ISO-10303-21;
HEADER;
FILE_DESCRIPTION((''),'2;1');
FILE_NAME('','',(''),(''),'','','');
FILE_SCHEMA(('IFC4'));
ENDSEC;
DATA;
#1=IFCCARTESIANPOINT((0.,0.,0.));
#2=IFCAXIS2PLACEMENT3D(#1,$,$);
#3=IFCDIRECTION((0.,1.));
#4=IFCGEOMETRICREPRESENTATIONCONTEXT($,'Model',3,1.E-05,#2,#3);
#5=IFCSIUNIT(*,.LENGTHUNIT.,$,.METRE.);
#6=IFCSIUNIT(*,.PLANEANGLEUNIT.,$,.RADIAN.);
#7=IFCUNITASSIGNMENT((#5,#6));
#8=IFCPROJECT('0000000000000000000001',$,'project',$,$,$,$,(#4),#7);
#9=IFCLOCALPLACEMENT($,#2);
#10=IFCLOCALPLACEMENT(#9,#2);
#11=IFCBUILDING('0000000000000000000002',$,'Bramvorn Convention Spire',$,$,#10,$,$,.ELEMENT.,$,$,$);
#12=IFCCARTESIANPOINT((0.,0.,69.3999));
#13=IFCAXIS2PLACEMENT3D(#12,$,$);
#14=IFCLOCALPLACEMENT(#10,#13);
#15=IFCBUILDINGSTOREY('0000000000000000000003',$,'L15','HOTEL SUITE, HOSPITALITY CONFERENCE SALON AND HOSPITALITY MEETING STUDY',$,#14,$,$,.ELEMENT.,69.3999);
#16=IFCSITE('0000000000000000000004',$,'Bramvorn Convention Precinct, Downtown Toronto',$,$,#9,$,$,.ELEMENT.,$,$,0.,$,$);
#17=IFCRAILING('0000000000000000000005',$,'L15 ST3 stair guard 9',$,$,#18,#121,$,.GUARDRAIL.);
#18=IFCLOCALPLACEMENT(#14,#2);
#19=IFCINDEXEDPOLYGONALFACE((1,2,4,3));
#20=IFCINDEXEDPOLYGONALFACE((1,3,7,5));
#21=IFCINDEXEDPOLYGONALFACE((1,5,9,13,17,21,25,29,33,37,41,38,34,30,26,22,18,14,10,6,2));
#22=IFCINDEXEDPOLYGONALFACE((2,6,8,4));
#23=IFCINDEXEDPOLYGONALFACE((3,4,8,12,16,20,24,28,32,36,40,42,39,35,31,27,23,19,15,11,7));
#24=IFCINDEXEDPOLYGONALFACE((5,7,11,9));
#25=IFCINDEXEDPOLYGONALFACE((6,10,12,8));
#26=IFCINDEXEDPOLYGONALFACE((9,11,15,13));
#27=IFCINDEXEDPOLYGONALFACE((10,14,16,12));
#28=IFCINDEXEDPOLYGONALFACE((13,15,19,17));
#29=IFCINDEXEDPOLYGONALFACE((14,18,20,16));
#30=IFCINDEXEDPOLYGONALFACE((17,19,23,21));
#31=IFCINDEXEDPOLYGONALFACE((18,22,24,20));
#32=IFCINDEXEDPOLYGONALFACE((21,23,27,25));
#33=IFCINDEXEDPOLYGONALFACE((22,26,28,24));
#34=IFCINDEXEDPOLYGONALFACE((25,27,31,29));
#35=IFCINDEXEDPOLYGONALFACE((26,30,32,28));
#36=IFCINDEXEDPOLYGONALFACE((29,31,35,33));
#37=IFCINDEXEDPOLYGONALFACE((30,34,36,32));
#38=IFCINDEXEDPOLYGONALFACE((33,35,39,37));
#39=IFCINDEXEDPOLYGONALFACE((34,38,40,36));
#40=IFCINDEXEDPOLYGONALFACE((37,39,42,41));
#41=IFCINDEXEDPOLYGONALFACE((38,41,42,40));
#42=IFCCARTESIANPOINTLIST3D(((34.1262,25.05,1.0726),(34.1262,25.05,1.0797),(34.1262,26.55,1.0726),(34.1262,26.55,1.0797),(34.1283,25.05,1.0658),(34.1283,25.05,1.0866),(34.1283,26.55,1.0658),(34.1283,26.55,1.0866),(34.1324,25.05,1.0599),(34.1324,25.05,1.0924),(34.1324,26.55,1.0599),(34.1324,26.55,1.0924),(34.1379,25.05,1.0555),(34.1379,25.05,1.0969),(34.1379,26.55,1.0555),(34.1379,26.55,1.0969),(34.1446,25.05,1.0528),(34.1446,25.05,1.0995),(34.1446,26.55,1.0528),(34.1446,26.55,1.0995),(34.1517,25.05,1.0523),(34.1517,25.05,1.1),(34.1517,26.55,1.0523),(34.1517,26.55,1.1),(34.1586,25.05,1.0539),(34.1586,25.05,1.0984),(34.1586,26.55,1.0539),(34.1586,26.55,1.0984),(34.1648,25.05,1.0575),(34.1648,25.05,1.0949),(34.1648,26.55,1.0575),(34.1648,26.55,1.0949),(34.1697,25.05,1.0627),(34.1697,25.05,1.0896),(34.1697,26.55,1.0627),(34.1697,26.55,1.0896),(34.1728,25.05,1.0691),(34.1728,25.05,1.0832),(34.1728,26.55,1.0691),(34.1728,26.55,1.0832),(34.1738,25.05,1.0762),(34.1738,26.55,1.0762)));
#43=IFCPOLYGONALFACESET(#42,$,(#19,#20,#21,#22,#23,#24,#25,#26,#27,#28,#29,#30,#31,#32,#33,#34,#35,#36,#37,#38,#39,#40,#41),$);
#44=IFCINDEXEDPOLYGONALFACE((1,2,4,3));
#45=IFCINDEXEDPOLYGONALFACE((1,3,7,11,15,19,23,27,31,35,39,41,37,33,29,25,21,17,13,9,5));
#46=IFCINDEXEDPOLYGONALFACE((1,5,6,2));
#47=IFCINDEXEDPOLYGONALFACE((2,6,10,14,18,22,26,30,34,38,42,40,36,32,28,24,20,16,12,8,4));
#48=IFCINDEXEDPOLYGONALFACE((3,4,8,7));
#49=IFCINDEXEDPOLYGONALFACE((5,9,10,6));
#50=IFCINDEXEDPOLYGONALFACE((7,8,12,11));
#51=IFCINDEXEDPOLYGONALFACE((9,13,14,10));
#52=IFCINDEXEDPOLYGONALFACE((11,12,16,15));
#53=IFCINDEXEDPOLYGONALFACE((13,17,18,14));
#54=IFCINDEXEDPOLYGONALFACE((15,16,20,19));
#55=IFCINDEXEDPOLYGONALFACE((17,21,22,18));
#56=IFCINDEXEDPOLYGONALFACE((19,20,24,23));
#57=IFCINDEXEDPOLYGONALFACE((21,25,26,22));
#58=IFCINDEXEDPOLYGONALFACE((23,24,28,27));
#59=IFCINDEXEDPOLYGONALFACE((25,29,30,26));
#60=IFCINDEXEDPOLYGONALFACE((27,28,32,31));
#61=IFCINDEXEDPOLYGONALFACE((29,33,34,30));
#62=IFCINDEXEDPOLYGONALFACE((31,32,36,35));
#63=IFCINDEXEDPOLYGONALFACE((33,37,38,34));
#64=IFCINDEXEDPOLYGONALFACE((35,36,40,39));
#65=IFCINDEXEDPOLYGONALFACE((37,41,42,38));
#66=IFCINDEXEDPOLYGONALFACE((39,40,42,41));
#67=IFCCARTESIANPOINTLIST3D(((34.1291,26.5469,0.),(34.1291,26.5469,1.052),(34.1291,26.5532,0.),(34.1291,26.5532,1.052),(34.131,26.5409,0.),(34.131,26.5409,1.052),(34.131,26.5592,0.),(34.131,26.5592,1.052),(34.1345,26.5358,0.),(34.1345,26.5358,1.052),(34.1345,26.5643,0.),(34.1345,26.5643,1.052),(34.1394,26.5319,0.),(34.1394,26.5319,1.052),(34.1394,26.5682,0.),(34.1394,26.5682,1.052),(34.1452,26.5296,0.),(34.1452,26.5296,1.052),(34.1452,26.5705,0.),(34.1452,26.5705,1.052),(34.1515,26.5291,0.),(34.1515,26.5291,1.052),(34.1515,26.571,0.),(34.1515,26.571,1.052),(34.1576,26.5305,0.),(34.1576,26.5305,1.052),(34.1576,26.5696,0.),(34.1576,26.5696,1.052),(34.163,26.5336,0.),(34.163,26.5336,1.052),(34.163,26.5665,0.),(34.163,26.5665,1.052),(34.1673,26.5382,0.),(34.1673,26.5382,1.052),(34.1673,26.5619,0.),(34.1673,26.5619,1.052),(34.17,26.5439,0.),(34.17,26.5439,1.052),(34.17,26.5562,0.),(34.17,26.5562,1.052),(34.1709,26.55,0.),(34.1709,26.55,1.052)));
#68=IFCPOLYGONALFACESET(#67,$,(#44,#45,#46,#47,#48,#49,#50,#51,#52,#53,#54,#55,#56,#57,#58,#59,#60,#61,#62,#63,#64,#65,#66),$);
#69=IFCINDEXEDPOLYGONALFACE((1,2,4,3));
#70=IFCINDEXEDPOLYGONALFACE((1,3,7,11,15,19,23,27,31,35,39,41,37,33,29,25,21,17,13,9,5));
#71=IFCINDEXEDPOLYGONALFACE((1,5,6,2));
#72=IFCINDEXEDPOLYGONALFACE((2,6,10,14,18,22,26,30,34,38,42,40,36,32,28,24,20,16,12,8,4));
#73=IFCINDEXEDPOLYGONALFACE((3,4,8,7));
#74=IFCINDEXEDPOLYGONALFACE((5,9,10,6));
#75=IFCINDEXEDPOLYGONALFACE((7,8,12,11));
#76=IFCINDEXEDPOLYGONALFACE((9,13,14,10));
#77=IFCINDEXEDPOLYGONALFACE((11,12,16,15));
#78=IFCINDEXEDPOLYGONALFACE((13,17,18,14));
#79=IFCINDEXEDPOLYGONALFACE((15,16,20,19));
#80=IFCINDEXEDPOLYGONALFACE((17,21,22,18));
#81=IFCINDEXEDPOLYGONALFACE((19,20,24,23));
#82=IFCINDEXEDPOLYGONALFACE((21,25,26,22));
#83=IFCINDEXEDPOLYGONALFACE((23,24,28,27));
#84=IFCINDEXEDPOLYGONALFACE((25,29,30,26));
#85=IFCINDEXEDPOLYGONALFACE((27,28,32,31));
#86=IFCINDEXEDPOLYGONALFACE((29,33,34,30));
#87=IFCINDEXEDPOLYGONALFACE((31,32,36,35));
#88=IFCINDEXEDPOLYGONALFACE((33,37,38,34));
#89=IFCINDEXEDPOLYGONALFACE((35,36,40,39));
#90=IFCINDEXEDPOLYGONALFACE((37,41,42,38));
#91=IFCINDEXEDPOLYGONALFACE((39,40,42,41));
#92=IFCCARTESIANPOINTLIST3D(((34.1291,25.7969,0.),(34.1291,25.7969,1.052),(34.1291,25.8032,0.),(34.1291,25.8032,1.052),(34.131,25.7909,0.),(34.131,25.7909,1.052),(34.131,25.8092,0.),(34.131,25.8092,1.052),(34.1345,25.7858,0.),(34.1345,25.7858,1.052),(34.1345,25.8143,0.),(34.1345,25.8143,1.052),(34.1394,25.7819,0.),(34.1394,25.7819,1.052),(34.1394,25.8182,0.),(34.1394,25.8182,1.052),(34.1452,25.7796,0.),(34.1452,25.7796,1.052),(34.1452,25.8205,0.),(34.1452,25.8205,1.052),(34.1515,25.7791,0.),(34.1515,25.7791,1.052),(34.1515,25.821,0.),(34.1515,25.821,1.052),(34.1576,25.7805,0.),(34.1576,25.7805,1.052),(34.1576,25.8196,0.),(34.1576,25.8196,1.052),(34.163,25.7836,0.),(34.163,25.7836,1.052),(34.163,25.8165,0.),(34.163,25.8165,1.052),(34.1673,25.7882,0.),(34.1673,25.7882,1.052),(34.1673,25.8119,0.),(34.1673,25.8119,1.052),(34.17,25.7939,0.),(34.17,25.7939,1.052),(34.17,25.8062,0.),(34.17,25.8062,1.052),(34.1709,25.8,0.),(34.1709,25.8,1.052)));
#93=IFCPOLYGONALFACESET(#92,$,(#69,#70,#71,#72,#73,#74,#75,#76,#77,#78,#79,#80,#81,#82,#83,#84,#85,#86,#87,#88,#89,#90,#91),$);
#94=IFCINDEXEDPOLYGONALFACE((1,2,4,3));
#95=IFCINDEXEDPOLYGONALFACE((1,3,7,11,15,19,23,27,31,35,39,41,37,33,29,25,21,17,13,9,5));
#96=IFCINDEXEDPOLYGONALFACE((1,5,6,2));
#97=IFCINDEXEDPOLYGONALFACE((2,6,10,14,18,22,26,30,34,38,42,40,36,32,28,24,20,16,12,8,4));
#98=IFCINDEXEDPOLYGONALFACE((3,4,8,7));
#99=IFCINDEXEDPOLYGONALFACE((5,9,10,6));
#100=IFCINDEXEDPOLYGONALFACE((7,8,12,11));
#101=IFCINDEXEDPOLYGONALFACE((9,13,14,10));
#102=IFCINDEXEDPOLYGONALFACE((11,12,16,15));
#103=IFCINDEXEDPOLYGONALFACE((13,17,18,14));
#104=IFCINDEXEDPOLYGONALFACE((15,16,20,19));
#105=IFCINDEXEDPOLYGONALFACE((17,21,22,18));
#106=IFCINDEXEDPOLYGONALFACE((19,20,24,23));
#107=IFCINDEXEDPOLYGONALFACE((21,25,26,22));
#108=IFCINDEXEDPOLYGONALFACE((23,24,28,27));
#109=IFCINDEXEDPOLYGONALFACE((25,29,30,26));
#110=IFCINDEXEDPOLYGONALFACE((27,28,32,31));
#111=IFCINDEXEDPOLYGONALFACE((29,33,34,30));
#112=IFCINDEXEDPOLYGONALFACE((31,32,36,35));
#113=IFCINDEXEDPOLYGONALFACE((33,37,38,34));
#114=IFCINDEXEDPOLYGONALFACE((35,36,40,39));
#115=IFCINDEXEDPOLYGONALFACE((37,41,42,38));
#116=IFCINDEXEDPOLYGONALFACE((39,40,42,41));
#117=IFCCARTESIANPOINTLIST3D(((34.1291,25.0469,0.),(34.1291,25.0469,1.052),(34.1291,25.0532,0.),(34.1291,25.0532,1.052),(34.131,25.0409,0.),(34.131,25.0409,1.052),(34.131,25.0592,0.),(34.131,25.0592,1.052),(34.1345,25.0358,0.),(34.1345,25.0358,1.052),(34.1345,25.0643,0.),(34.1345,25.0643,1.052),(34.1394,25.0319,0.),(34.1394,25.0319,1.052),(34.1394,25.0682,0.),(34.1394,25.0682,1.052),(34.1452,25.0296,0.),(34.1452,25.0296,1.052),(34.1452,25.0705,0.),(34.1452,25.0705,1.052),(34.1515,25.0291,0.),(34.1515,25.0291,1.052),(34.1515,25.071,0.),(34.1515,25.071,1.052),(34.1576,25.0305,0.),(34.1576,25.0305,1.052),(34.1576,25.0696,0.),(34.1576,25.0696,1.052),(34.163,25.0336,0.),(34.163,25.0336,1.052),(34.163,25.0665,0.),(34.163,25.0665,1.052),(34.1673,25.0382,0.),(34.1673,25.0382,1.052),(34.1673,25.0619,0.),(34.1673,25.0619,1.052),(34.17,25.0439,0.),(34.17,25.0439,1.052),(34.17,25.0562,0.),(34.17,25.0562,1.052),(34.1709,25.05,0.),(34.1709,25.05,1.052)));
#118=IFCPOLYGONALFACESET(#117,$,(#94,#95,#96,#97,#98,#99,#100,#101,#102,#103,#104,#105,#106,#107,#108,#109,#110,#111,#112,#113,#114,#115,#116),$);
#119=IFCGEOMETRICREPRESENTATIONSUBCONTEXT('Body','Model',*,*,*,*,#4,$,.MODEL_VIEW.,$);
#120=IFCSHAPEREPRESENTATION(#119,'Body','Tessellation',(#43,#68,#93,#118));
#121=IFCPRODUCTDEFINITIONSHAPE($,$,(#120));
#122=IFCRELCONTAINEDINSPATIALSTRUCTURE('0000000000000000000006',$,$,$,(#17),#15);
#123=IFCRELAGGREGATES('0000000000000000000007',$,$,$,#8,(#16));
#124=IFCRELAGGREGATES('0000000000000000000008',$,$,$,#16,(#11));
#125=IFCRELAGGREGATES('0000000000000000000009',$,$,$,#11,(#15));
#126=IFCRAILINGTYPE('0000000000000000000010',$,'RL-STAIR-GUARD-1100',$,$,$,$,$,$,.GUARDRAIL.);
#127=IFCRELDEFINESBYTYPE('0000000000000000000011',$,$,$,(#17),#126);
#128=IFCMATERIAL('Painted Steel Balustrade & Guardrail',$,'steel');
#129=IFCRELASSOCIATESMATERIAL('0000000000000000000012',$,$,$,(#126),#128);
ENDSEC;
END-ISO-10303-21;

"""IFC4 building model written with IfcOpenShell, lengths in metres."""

from ifc_helpers import new_model, si_unit, direction, frame, origin, origin_2d, place, context, subcontext, project, spatial, circle, extrude, material, type_object, element, save


model = new_model("IFC4")

# Units and contexts
model_context = context("Model", 3, precision=1e-05, world=origin(), true_north=direction((0.0, 1.0)))
body_context = subcontext(model_context, "Body", "Model", "MODEL_VIEW")
ifc_project = project(units=[si_unit("LENGTHUNIT", "METRE"), si_unit("PLANEANGLEUNIT", "RADIAN")], contexts=[model_context])

# Site, building, storey
site_placement = place(None, origin())
site = spatial("IfcSite", under=ifc_project, at=site_placement, Name="Bramvorn Convention Precinct, Downtown Toronto", CompositionType="ELEMENT", RefElevation=0.0)
building_placement = place(site_placement, origin())
building = spatial("IfcBuilding", under=site, at=building_placement, Name="Bramvorn Convention Spire", CompositionType="ELEMENT")
storey_placement = place(building_placement, frame((0.0, 0.0, 69.3999)))
storey = spatial("IfcBuildingStorey", under=building, at=storey_placement, Name="L15", Description="HOTEL SUITE, HOSPITALITY CONFERENCE SALON AND HOSPITALITY MEETING STUDY", CompositionType="ELEMENT", Elevation=69.3999)

# Railing
ifc_material_1 = material(Name="Painted Steel Balustrade & Guardrail", Category="steel")
railing_type_1 = type_object("IfcRailingType", Name="RL-STAIR-GUARD-1100", PredefinedType="GUARDRAIL", material=ifc_material_1)
railing_1_placement = place(storey_placement, frame((34.1499, 26.55, 0.0)))
element("IfcRailing", 1, at=railing_1_placement, inside=storey, type_object=railing_type_1, Name="L15 ST3 stair guard 9", PredefinedType="GUARDRAIL", context=body_context, shape_type="SweptSolid", body=[
    extrude(circle(Radius=0.0239, at=origin_2d()), frame((0.0, 0.0, 1.0762), z_axis=(0.0, -1.0, 0.0), x_axis=(1.0, 0.0, 0.0)), (0.0, 0.0, 1.0), 1.5),
    extrude(circle(Radius=0.021, at=origin_2d()), origin(), (0.0, 0.0, 1.0), 1.052),
    extrude(circle(Radius=0.021, at=origin_2d()), frame((0.0, -0.75, 0.0)), (0.0, 0.0, 1.0), 1.052),
    extrude(circle(Radius=0.021, at=origin_2d()), frame((0.0, -1.5, 0.0)), (0.0, 0.0, 1.0), 1.052),
])

save(model, "model.ifc")
